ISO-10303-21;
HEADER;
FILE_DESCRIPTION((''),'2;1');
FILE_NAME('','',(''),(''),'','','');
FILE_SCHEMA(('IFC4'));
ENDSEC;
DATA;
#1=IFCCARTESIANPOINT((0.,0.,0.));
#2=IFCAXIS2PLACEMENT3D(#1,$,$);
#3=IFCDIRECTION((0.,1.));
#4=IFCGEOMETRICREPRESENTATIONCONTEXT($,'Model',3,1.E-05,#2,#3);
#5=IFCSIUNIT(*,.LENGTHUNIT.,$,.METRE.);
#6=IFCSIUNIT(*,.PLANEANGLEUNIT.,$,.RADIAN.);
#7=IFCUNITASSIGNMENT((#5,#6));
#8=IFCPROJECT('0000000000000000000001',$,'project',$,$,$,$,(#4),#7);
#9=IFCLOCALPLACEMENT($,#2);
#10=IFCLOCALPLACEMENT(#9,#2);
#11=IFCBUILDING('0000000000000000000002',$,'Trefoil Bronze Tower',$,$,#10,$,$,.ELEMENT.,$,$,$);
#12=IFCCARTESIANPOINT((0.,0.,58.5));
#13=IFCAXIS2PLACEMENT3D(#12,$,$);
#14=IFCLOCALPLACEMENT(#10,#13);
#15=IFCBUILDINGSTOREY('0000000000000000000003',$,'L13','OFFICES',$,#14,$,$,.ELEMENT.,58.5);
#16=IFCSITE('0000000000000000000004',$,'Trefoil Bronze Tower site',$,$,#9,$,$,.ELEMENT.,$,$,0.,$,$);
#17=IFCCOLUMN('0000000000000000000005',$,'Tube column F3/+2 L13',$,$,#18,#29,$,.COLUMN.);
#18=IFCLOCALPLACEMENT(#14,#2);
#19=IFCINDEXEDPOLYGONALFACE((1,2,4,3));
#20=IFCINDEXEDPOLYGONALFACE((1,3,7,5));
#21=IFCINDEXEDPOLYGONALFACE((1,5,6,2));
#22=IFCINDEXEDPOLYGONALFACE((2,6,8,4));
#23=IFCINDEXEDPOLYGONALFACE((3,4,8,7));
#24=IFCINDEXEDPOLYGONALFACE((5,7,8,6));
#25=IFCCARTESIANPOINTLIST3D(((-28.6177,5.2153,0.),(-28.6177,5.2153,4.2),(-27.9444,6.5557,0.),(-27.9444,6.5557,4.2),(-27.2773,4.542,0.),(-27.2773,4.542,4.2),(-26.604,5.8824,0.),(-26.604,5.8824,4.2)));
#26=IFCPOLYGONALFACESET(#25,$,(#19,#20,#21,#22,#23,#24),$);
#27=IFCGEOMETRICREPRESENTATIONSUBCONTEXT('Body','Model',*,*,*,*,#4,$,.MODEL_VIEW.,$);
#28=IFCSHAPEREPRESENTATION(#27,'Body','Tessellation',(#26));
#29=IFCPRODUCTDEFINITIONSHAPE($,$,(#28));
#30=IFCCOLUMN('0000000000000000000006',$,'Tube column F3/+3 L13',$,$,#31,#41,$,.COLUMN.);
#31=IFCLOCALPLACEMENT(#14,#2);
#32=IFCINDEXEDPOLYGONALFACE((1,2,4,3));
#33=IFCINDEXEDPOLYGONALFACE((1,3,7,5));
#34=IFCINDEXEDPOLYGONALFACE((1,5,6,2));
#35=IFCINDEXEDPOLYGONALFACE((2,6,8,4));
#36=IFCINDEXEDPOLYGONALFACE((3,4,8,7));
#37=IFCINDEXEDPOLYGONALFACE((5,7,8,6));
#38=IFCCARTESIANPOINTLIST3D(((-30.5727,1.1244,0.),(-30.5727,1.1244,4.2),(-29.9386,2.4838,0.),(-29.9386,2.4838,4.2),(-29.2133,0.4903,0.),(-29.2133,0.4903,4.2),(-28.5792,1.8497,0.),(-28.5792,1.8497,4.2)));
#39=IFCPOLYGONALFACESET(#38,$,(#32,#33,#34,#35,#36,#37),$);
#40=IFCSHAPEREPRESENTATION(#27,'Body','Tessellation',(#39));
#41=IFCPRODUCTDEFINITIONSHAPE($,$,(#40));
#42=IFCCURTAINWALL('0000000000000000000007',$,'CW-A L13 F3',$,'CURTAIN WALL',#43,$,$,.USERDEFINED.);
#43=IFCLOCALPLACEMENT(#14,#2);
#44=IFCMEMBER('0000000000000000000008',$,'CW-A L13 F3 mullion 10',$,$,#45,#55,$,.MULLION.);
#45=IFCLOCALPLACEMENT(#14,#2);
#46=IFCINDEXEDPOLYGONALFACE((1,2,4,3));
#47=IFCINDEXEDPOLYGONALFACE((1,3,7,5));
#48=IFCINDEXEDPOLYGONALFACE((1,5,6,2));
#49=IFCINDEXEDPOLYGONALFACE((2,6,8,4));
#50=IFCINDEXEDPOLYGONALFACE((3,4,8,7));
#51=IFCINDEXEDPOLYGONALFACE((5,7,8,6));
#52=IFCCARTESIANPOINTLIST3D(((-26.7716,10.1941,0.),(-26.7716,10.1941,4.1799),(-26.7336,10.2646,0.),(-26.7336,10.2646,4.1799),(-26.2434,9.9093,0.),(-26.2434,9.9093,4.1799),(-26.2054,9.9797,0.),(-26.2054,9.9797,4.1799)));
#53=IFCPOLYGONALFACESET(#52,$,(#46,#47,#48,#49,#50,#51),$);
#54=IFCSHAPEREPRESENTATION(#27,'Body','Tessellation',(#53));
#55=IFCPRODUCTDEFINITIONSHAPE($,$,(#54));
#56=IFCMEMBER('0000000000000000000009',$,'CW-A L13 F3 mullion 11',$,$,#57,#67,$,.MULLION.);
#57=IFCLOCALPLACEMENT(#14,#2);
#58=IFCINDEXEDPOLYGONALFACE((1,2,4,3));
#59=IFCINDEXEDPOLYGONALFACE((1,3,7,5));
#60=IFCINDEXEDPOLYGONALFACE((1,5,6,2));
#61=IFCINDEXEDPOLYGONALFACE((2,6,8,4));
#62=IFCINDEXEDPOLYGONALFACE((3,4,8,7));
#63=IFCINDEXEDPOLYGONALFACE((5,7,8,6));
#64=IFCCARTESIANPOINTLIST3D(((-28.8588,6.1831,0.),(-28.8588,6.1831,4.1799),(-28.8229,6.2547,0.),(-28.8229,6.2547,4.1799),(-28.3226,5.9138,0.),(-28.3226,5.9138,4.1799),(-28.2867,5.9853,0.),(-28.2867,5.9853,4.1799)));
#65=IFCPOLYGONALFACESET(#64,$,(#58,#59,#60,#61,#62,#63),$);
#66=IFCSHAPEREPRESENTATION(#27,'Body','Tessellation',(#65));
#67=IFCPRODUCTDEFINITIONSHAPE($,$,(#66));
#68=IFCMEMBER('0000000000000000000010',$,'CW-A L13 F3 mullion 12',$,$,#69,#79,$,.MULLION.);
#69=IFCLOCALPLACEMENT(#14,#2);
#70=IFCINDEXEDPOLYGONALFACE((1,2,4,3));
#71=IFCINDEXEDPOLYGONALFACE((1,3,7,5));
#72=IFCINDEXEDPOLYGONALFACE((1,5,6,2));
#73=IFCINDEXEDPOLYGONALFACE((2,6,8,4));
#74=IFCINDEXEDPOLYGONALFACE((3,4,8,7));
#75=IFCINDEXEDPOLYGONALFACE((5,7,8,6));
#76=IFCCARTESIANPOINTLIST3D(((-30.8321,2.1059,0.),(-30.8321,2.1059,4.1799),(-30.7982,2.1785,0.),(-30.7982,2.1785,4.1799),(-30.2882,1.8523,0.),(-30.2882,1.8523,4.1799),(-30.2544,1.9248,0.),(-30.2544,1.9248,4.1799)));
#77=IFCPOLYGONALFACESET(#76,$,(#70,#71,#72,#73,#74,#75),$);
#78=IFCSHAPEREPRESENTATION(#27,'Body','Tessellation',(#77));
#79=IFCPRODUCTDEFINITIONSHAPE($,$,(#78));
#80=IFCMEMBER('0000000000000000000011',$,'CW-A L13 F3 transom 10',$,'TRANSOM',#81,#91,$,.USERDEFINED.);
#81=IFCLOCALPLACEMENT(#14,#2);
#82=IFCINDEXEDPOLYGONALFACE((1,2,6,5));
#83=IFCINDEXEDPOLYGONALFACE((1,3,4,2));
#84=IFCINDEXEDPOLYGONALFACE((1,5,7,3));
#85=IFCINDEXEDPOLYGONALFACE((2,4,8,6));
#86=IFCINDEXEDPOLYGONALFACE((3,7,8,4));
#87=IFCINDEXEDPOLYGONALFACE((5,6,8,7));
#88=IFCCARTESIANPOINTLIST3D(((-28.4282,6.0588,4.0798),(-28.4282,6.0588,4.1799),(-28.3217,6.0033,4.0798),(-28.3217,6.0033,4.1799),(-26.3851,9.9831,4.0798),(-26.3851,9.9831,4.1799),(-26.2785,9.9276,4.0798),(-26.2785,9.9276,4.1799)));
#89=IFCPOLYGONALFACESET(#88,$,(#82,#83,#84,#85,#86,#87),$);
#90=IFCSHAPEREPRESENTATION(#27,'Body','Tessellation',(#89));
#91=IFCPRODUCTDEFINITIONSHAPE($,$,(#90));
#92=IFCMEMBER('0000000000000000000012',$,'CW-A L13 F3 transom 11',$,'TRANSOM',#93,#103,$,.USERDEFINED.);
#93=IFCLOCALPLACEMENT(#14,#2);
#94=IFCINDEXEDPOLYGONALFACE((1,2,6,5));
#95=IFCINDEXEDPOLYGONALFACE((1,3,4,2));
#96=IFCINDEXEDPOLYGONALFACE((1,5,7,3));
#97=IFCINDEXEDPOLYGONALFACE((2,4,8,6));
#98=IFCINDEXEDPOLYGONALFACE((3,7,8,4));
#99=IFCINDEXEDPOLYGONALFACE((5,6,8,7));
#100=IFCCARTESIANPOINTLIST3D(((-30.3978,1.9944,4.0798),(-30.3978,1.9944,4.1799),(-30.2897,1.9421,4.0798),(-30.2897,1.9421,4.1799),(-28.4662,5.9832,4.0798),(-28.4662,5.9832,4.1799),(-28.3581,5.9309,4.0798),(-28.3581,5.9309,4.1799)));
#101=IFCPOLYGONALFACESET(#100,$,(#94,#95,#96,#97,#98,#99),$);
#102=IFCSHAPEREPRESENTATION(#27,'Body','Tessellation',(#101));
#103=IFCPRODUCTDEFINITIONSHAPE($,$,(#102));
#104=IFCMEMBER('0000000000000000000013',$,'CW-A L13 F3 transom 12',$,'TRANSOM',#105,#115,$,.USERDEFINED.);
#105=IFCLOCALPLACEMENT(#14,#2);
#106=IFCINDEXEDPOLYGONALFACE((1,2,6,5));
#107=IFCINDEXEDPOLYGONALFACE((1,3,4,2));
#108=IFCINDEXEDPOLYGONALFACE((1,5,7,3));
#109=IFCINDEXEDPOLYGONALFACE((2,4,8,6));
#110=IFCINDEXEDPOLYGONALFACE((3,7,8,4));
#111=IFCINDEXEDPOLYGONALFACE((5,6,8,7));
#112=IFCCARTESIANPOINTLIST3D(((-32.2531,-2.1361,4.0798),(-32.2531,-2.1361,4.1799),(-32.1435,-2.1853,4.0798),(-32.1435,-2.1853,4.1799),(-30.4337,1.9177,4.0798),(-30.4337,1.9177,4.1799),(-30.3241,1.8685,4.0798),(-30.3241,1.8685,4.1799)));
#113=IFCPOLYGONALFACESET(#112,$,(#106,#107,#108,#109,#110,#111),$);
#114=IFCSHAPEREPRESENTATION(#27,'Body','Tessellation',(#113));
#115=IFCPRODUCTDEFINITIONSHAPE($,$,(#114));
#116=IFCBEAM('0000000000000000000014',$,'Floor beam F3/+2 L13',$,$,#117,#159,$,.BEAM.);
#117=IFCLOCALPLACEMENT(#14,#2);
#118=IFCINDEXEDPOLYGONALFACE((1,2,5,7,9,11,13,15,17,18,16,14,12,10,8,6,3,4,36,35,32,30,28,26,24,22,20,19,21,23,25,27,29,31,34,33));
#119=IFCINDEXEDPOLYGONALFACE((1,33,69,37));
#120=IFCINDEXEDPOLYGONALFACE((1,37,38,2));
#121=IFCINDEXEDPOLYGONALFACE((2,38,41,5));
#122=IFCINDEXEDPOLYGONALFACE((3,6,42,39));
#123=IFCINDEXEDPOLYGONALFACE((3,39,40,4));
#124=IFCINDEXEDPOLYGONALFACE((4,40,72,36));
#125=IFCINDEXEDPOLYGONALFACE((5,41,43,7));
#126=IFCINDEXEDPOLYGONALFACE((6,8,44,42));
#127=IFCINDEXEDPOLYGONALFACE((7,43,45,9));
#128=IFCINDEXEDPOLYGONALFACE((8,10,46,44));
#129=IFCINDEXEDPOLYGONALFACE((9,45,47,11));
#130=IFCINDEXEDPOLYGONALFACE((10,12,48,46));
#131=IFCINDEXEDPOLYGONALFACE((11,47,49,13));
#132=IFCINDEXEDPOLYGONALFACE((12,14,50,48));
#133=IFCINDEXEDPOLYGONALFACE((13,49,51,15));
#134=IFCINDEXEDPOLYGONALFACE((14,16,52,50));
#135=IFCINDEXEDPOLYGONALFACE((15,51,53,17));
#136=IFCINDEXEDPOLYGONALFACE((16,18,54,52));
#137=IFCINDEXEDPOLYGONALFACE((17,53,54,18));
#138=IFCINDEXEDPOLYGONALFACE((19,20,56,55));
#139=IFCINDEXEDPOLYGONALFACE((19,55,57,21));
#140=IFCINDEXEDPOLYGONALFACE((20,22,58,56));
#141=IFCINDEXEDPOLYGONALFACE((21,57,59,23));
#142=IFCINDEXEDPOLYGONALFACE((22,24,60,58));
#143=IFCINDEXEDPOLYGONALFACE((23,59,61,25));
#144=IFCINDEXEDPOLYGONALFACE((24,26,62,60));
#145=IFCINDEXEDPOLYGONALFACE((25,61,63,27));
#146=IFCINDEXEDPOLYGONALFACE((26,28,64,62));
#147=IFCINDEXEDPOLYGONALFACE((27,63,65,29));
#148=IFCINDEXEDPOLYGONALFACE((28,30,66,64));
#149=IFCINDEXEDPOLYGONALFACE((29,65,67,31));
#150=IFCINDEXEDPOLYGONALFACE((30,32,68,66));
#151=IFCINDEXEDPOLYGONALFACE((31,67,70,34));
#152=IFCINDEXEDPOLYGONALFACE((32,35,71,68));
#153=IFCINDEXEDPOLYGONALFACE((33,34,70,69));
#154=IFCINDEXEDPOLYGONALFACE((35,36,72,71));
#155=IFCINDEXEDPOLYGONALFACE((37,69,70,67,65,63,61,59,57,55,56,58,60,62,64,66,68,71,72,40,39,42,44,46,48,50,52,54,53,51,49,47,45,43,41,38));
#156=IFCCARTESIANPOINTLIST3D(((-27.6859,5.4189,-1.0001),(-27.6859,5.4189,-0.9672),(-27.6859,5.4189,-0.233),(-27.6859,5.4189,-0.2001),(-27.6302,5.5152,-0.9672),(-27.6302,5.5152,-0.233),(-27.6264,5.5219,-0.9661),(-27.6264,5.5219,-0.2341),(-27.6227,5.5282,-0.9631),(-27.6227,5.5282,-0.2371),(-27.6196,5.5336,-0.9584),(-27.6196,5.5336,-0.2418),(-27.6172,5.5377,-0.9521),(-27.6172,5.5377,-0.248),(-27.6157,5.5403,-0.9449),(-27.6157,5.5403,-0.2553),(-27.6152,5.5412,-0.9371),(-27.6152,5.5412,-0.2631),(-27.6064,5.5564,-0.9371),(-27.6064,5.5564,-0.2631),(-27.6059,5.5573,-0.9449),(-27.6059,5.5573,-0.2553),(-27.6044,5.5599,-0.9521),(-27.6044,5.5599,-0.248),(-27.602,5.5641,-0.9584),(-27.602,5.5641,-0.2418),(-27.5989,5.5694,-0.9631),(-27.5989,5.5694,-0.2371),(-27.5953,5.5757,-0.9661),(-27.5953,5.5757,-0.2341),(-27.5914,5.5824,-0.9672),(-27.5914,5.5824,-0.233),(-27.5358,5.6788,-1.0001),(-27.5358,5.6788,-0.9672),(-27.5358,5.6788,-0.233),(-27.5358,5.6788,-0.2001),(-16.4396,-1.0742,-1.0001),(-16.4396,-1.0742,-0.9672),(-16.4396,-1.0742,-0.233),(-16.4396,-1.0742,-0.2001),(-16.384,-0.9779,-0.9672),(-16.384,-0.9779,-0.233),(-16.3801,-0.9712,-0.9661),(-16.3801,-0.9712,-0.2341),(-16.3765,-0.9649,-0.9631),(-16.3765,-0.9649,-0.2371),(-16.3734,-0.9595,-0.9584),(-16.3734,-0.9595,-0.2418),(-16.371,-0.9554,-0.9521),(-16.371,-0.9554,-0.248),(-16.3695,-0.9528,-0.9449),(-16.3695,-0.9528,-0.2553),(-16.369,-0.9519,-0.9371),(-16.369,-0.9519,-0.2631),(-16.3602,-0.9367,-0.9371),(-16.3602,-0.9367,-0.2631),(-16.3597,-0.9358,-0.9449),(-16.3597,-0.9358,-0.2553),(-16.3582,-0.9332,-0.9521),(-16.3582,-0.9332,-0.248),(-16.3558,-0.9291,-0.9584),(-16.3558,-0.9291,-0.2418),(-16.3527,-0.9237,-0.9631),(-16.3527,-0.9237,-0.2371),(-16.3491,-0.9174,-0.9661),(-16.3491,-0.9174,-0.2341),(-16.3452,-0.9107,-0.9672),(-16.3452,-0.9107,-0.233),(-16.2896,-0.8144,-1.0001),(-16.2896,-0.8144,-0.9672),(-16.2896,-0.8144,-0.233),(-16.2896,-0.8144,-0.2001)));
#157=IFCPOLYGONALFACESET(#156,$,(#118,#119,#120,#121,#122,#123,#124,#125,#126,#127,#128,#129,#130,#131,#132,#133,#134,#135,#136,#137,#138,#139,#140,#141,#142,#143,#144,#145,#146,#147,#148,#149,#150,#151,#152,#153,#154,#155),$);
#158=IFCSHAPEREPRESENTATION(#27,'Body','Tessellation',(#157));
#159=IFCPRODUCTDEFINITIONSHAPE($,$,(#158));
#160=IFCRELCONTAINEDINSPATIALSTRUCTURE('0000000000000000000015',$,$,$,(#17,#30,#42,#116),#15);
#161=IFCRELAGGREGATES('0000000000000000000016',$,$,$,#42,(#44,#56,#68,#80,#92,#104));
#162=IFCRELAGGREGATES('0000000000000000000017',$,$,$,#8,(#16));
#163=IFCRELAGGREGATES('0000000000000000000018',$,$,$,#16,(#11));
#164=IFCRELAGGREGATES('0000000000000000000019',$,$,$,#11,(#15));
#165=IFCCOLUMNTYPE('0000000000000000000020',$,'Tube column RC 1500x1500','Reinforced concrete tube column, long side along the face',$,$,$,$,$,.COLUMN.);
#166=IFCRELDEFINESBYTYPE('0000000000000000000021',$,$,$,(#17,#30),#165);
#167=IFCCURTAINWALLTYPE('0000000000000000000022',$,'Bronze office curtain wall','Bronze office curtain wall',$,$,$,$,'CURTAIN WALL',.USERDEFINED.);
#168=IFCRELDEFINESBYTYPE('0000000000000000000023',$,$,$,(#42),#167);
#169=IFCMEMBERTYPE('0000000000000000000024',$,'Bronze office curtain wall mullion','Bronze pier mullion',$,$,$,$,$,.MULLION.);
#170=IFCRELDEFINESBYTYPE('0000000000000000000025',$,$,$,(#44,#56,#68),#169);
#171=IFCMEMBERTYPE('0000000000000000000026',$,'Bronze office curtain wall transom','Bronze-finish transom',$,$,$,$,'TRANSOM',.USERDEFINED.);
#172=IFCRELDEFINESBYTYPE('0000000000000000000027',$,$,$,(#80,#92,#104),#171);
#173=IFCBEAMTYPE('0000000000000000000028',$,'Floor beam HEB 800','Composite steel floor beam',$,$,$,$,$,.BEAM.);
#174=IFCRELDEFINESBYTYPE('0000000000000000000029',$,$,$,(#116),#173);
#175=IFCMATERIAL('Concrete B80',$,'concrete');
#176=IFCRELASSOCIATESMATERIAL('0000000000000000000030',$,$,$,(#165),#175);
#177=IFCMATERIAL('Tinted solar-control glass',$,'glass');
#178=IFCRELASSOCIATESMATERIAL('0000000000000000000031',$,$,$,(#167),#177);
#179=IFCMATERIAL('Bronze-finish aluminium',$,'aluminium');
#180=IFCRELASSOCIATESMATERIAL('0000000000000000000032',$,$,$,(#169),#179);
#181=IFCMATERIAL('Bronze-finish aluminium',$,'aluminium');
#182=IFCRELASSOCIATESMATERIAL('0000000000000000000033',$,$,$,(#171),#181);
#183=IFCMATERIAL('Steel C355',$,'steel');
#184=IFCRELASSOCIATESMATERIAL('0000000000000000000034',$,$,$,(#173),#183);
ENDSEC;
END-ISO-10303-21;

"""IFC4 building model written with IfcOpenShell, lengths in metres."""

from ifc_helpers import new_model, si_unit, direction, frame, origin, origin_2d, place, context, subcontext, project, spatial, rectangle, i_section, extrude, material, material_profile, profile_set, type_object, element, aggregate, save


model = new_model("IFC4")

# Units and contexts
model_context = context("Model", 3, precision=1e-05, world=origin(), true_north=direction((0.0, 1.0)))
body_context = subcontext(model_context, "Body", "Model", "MODEL_VIEW")
ifc_project = project(units=[si_unit("LENGTHUNIT", "METRE"), si_unit("PLANEANGLEUNIT", "RADIAN")], contexts=[model_context])

# Site, building, storey
site_placement = place(None, origin())
site = spatial("IfcSite", under=ifc_project, at=site_placement, Name="Trefoil Bronze Tower site", CompositionType="ELEMENT", RefElevation=0.0)
building_placement = place(site_placement, origin())
building = spatial("IfcBuilding", under=site, at=building_placement, Name="Trefoil Bronze Tower", CompositionType="ELEMENT")
storey_placement = place(building_placement, frame((0.0, 0.0, 58.5)))
storey = spatial("IfcBuildingStorey", under=building, at=storey_placement, Name="L13", Description="OFFICES", CompositionType="ELEMENT", Elevation=58.5)

# Columns
ifc_material_1 = material(Name="Concrete B80", Category="concrete")
ifc_material_profile_1 = material_profile(ifc_material_1, rectangle(XDim=1.5, YDim=1.5, at=origin_2d()), Name="RC 1500x1500")
ifc_profile_set_1 = profile_set([ifc_material_profile_1], Name="Concrete B80")
column_type = type_object("IfcColumnType", Name="Tube column RC 1500x1500", Description="Reinforced concrete tube column, long side along the face", PredefinedType="COLUMN", material=ifc_profile_set_1)
for number, where, z_axis, x_axis, name in (
    (1, (-27.6108, 5.5488, 0.0), (0.0, 0.0, 1.0), (-0.44889, -0.893587, 0.0), "Tube column F3/+2 L13"),
    (2, (-29.5759, 1.4871, 0.0), (0.0, 0.0, 1.0), (-0.422701, -0.906269, 0.0), "Tube column F3/+3 L13"),
):
    element("IfcColumn", number, at=place(storey_placement, frame(where, z_axis=z_axis, x_axis=x_axis)), inside=storey, type_object=column_type, Name=name, PredefinedType="COLUMN", context=body_context, shape_type="SweptSolid", body=[
        extrude(rectangle(XDim=1.5, YDim=1.5, at=origin_2d()), origin(), (0.0, 0.0, 1.0), 4.2),
    ])

# Curtain wall, members
ifc_material_2 = material(Name="Tinted solar-control glass", Category="glass")
curtain_wall_type = type_object("IfcCurtainWallType", Name="Bronze office curtain wall", Description="Bronze office curtain wall", ElementType="CURTAIN WALL", PredefinedType="USERDEFINED", material=ifc_material_2)
curtain_wall_placement = place(storey_placement, origin())
curtain_wall = element("IfcCurtainWall", 3, at=curtain_wall_placement, inside=storey, type_object=curtain_wall_type, Name="CW-A L13 F3", ObjectType="CURTAIN WALL", PredefinedType="USERDEFINED")
ifc_material_3 = material(Name="Bronze-finish aluminium", Category="aluminium")
ifc_material_profile_2 = material_profile(ifc_material_3, rectangle(XDim=0.6001, YDim=0.0801, at=origin_2d()), Name="CW-A mullion")
ifc_profile_set_2 = profile_set([ifc_material_profile_2], Name="Bronze-finish aluminium")
member_type_1 = type_object("IfcMemberType", Name="Bronze office curtain wall mullion", Description="Bronze pier mullion", PredefinedType="MULLION", material=ifc_profile_set_2)
member_1_placement = place(storey_placement, frame((-26.4885, 10.0869, 0.0), z_axis=(0.0, 0.0, 1.0), x_axis=(0.880171, -0.474656, 0.0)))
member_1 = element("IfcMember", 4, at=member_1_placement, type_object=member_type_1, Name="CW-A L13 F3 mullion 10", PredefinedType="MULLION", context=body_context, shape_type="SweptSolid", body=[
    extrude(rectangle(XDim=0.6001, YDim=0.0801, at=origin_2d()), origin(), (0.0, 0.0, 1.0), 4.1799),
])
member_2_placement = place(storey_placement, frame((-28.5728, 6.0842, 0.0), z_axis=(0.0, 0.0, 1.0), x_axis=(0.893587, -0.44889, 0.0)))
member_2 = element("IfcMember", 5, at=member_2_placement, type_object=member_type_1, Name="CW-A L13 F3 mullion 11", PredefinedType="MULLION", context=body_context, shape_type="SweptSolid", body=[
    extrude(rectangle(XDim=0.6001, YDim=0.0801, at=origin_2d()), origin(), (0.0, 0.0, 1.0), 4.1799),
])
member_3_placement = place(storey_placement, frame((-30.5432, 2.0154, 0.0), z_axis=(0.0, 0.0, 1.0), x_axis=(0.906269, -0.422701, 0.0)))
member_3 = element("IfcMember", 6, at=member_3_placement, type_object=member_type_1, Name="CW-A L13 F3 mullion 12", PredefinedType="MULLION", context=body_context, shape_type="SweptSolid", body=[
    extrude(rectangle(XDim=0.6001, YDim=0.0801, at=origin_2d()), origin(), (0.0, 0.0, 1.0), 4.1799),
])
ifc_material_4 = material(Name="Bronze-finish aluminium", Category="aluminium")
ifc_material_profile_3 = material_profile(ifc_material_4, rectangle(XDim=0.1201, YDim=0.1001, at=origin_2d()), Name="CW-A transom")
ifc_profile_set_3 = profile_set([ifc_material_profile_3], Name="Bronze-finish aluminium")
member_type_2 = type_object("IfcMemberType", Name="Bronze office curtain wall transom", Description="Bronze-finish transom", ElementType="TRANSOM", PredefinedType="USERDEFINED", material=ifc_profile_set_3)
member_4_placement = place(storey_placement, frame((-26.3318, 9.9553, 4.1299), z_axis=(-0.46181, -0.886979, 0.0), x_axis=(0.886979, -0.46181, 0.0)))
member_4 = element("IfcMember", 7, at=member_4_placement, type_object=member_type_2, Name="CW-A L13 F3 transom 10", ObjectType="TRANSOM", PredefinedType="USERDEFINED", context=body_context, shape_type="SweptSolid", body=[
    extrude(rectangle(XDim=0.1201, YDim=0.1001, at=origin_2d()), origin(), (0.0, 0.0, 1.0), 4.4243),
])
member_5_placement = place(storey_placement, frame((-28.4121, 5.957, 4.1299), z_axis=(-0.435852, -0.900018, 0.0), x_axis=(0.900018, -0.435852, 0.0)))
member_5 = element("IfcMember", 8, at=member_5_placement, type_object=member_type_2, Name="CW-A L13 F3 transom 11", ObjectType="TRANSOM", PredefinedType="USERDEFINED", context=body_context, shape_type="SweptSolid", body=[
    extrude(rectangle(XDim=0.1201, YDim=0.1001, at=origin_2d()), origin(), (0.0, 0.0, 1.0), 4.4319),
])
member_6_placement = place(storey_placement, frame((-30.3789, 1.8931, 4.1299), z_axis=(-0.40946, -0.912328, 0.0), x_axis=(0.912328, -0.40946, 0.0)))
member_6 = element("IfcMember", 9, at=member_6_placement, type_object=member_type_2, Name="CW-A L13 F3 transom 12", ObjectType="TRANSOM", PredefinedType="USERDEFINED", context=body_context, shape_type="SweptSolid", body=[
    extrude(rectangle(XDim=0.1201, YDim=0.1001, at=origin_2d()), origin(), (0.0, 0.0, 1.0), 4.4434),
])

# Beam
ifc_material_5 = material(Name="Steel C355", Category="steel")
ifc_material_profile_4 = material_profile(ifc_material_5, i_section(OverallWidth=0.3, OverallDepth=0.8, WebThickness=0.0176, FlangeThickness=0.033, FilletRadius=0.03, at=origin_2d()), Name="HEB 800")
ifc_profile_set_4 = profile_set([ifc_material_profile_4], Name="Steel C355")
beam_type_1 = type_object("IfcBeamType", Name="Floor beam HEB 800", Description="Composite steel floor beam", PredefinedType="BEAM", material=ifc_profile_set_4)
beam_1_placement = place(storey_placement, frame((-27.6108, 5.5488, -0.6001), z_axis=(0.866022, -0.500005, 0.0), x_axis=(0.500005, 0.866022, 0.0)))
element("IfcBeam", 10, at=beam_1_placement, inside=storey, type_object=beam_type_1, Name="Floor beam F3/+2 L13", PredefinedType="BEAM", context=body_context, shape_type="SweptSolid", body=[
    extrude(i_section(OverallWidth=0.3, OverallDepth=0.8, WebThickness=0.0176, FlangeThickness=0.033, FilletRadius=0.03, at=origin_2d()), origin(), (0.0, 0.0, 1.0), 12.9861),
])

aggregate(curtain_wall, [member_1, member_2, member_3, member_4, member_5, member_6])

save(model, "model.ifc")
